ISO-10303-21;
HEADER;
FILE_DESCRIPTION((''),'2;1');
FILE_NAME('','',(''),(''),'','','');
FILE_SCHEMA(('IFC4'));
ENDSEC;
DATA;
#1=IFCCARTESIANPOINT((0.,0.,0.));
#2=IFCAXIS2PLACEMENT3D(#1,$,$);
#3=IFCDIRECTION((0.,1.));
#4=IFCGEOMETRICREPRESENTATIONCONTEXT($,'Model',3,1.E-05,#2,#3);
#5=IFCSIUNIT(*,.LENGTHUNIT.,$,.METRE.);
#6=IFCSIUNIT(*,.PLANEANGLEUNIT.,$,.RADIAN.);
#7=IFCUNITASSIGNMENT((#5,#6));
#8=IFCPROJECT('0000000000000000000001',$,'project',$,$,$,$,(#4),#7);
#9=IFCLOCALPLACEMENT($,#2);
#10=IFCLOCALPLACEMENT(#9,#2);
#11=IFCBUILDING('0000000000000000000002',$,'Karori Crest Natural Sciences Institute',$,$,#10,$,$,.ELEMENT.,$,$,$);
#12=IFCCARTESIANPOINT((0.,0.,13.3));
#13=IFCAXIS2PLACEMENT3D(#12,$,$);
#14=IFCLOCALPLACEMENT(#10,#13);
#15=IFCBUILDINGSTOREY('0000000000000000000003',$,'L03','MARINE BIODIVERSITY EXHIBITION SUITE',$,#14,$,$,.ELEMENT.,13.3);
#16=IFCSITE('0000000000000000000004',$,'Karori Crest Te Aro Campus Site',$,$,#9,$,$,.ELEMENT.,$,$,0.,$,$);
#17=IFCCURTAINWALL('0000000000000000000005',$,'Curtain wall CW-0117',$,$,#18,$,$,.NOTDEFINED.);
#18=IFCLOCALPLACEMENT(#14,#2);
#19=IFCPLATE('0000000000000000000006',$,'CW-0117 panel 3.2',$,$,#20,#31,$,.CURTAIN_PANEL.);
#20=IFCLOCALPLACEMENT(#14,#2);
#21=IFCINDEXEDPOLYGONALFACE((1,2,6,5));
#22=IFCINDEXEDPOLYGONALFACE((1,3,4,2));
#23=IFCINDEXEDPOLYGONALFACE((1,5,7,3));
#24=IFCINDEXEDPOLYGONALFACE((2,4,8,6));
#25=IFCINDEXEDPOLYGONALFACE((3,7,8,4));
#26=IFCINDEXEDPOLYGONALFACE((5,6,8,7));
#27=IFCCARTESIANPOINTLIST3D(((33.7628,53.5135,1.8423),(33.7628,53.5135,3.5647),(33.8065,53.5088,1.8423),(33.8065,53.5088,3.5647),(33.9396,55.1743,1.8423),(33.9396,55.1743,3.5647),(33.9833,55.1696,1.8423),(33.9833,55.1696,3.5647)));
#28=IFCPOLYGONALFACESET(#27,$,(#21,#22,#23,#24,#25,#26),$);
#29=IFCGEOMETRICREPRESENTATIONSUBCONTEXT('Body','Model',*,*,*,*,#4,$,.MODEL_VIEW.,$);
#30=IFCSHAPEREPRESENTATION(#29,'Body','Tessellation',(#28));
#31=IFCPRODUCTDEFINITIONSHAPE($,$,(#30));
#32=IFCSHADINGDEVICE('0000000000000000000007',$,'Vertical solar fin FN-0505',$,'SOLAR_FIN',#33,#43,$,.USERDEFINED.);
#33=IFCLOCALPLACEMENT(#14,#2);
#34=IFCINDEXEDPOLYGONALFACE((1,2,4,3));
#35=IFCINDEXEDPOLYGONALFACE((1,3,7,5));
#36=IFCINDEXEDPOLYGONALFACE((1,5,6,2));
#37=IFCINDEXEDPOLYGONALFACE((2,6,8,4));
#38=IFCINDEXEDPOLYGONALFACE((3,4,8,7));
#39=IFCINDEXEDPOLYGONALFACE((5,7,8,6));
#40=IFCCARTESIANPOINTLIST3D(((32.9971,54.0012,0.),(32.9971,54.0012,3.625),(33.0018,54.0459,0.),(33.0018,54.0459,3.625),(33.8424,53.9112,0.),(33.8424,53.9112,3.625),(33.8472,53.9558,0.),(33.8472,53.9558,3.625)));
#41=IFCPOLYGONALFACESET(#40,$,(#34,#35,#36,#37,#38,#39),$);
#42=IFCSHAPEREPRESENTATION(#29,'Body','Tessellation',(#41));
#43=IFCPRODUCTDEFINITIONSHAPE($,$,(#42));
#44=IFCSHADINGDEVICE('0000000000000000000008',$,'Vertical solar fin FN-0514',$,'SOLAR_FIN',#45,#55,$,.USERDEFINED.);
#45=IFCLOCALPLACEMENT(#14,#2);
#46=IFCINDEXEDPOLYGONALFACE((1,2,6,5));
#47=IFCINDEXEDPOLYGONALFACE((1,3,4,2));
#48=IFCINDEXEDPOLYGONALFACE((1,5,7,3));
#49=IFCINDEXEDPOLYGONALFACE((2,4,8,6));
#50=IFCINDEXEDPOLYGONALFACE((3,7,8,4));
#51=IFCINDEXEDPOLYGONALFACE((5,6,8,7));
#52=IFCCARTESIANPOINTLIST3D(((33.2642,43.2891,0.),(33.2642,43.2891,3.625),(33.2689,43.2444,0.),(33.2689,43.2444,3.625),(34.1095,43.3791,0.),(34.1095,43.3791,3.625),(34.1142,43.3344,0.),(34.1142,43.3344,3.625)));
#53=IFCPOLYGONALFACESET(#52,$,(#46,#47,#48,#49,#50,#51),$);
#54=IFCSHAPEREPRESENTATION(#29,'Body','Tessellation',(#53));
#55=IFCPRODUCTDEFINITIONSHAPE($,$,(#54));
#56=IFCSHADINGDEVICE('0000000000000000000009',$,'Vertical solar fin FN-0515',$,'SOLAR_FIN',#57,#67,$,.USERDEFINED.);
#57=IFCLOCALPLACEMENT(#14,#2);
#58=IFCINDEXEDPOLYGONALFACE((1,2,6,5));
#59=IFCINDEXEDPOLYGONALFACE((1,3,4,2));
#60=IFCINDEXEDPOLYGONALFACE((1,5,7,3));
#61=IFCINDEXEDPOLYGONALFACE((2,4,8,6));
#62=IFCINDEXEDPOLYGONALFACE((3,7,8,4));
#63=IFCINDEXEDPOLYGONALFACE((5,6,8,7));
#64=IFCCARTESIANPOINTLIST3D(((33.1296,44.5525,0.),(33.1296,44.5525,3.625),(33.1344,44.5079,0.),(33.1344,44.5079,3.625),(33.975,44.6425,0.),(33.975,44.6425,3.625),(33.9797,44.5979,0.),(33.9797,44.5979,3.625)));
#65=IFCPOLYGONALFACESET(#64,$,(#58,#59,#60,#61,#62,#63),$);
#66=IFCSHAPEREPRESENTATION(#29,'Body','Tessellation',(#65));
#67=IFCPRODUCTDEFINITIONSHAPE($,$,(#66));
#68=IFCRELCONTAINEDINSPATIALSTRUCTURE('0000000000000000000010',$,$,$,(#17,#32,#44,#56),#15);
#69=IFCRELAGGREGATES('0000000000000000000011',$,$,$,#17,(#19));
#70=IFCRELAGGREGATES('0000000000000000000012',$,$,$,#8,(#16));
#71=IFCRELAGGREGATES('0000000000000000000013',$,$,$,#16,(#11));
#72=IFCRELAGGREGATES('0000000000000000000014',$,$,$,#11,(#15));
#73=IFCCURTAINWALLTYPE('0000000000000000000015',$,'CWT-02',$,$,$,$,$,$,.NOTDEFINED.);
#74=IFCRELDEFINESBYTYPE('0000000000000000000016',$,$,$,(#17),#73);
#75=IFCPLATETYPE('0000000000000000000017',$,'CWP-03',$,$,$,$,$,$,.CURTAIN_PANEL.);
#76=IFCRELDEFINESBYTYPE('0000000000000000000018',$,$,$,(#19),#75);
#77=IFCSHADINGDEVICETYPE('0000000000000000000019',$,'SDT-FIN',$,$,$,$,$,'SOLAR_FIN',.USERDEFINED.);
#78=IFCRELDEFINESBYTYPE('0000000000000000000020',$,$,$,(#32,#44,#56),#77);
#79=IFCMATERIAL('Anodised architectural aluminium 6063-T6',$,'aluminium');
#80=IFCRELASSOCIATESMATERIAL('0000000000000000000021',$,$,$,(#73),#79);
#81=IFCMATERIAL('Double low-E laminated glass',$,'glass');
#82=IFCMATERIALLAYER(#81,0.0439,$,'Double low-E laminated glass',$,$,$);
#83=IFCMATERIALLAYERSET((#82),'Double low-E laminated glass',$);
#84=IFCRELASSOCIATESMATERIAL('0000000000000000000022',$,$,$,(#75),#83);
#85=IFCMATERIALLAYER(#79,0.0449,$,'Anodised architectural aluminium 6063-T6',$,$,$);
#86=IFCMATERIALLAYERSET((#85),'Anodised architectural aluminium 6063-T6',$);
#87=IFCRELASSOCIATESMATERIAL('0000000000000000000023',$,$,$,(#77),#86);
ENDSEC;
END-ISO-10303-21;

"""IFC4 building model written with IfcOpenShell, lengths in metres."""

from ifc_helpers import new_model, si_unit, direction, frame, origin, origin_2d, place, context, subcontext, project, spatial, rectangle, extrude, material, layer, layer_set, type_object, element, aggregate, save


model = new_model("IFC4")

# Units and contexts
model_context = context("Model", 3, precision=1e-05, world=origin(), true_north=direction((0.0, 1.0)))
body_context = subcontext(model_context, "Body", "Model", "MODEL_VIEW")
ifc_project = project(units=[si_unit("LENGTHUNIT", "METRE"), si_unit("PLANEANGLEUNIT", "RADIAN")], contexts=[model_context])

# Site, building, storey
site_placement = place(None, origin())
site = spatial("IfcSite", under=ifc_project, at=site_placement, Name="Karori Crest Te Aro Campus Site", CompositionType="ELEMENT", RefElevation=0.0)
building_placement = place(site_placement, origin())
building = spatial("IfcBuilding", under=site, at=building_placement, Name="Karori Crest Natural Sciences Institute", CompositionType="ELEMENT")
storey_placement = place(building_placement, frame((0.0, 0.0, 13.3)))
storey = spatial("IfcBuildingStorey", under=building, at=storey_placement, Name="L03", Description="MARINE BIODIVERSITY EXHIBITION SUITE", CompositionType="ELEMENT", Elevation=13.3)

# Curtain wall
ifc_material_1 = material(Name="Anodised architectural aluminium 6063-T6", Category="aluminium")
curtain_wall_type_1 = type_object("IfcCurtainWallType", Name="CWT-02", PredefinedType="NOTDEFINED", material=ifc_material_1)
curtain_wall_1_placement = place(storey_placement, origin())
curtain_wall_1 = element("IfcCurtainWall", 1, at=curtain_wall_1_placement, inside=storey, type_object=curtain_wall_type_1, Name="Curtain wall CW-0117", PredefinedType="NOTDEFINED")

# Plate
ifc_material_2 = material(Name="Double low-E laminated glass", Category="glass")
ifc_layer_1 = layer(ifc_material_2, 0.0439, Name="Double low-E laminated glass")
ifc_layer_set_1 = layer_set([ifc_layer_1], Name="Double low-E laminated glass")
plate_type_1 = type_object("IfcPlateType", Name="CWP-03", PredefinedType="CURTAIN_PANEL", material=ifc_layer_set_1)
plate_1_placement = place(storey_placement, frame((33.873, 54.3416, 1.8423), z_axis=(0.0, 0.0, 1.0), x_axis=(0.105886, 0.994378, 0.0)))
plate_1 = element("IfcPlate", 2, at=plate_1_placement, type_object=plate_type_1, Name="CW-0117 panel 3.2", PredefinedType="CURTAIN_PANEL", context=body_context, shape_type="SweptSolid", body=[
    extrude(rectangle(XDim=1.6702, YDim=0.0439, at=origin_2d()), origin(), (0.0, 0.0, 1.0), 1.7224),
])
aggregate(curtain_wall_1, [plate_1])

# Shading devices
ifc_layer_2 = layer(ifc_material_1, 0.0449, Name="Anodised architectural aluminium 6063-T6")
ifc_layer_set_2 = layer_set([ifc_layer_2], Name="Anodised architectural aluminium 6063-T6")
shading_device_type = type_object("IfcShadingDeviceType", Name="SDT-FIN", ElementType="SOLAR_FIN", PredefinedType="USERDEFINED", material=ifc_layer_set_2)
for number, where, z_axis, x_axis, name in (
    (3, (33.4221, 53.9785, 0.0), (0.0, 0.0, 1.0), (-0.994378, 0.105886, 0.0), "Vertical solar fin FN-0505"),
    (4, (33.6892, 43.3118, 0.0), (0.0, 0.0, 1.0), (-0.994378, -0.105884, 0.0), "Vertical solar fin FN-0514"),
    (5, (33.5547, 44.5752, 0.0), (0.0, 0.0, 1.0), (-0.994378, -0.105884, 0.0), "Vertical solar fin FN-0515"),
):
    element("IfcShadingDevice", number, at=place(storey_placement, frame(where, z_axis=z_axis, x_axis=x_axis)), inside=storey, type_object=shading_device_type, Name=name, ObjectType="SOLAR_FIN", PredefinedType="USERDEFINED", context=body_context, shape_type="SweptSolid", body=[
        extrude(rectangle(XDim=0.8501, YDim=0.0449, at=origin_2d()), origin(), (0.0, 0.0, 1.0), 3.625),
    ])

save(model, "model.ifc")
